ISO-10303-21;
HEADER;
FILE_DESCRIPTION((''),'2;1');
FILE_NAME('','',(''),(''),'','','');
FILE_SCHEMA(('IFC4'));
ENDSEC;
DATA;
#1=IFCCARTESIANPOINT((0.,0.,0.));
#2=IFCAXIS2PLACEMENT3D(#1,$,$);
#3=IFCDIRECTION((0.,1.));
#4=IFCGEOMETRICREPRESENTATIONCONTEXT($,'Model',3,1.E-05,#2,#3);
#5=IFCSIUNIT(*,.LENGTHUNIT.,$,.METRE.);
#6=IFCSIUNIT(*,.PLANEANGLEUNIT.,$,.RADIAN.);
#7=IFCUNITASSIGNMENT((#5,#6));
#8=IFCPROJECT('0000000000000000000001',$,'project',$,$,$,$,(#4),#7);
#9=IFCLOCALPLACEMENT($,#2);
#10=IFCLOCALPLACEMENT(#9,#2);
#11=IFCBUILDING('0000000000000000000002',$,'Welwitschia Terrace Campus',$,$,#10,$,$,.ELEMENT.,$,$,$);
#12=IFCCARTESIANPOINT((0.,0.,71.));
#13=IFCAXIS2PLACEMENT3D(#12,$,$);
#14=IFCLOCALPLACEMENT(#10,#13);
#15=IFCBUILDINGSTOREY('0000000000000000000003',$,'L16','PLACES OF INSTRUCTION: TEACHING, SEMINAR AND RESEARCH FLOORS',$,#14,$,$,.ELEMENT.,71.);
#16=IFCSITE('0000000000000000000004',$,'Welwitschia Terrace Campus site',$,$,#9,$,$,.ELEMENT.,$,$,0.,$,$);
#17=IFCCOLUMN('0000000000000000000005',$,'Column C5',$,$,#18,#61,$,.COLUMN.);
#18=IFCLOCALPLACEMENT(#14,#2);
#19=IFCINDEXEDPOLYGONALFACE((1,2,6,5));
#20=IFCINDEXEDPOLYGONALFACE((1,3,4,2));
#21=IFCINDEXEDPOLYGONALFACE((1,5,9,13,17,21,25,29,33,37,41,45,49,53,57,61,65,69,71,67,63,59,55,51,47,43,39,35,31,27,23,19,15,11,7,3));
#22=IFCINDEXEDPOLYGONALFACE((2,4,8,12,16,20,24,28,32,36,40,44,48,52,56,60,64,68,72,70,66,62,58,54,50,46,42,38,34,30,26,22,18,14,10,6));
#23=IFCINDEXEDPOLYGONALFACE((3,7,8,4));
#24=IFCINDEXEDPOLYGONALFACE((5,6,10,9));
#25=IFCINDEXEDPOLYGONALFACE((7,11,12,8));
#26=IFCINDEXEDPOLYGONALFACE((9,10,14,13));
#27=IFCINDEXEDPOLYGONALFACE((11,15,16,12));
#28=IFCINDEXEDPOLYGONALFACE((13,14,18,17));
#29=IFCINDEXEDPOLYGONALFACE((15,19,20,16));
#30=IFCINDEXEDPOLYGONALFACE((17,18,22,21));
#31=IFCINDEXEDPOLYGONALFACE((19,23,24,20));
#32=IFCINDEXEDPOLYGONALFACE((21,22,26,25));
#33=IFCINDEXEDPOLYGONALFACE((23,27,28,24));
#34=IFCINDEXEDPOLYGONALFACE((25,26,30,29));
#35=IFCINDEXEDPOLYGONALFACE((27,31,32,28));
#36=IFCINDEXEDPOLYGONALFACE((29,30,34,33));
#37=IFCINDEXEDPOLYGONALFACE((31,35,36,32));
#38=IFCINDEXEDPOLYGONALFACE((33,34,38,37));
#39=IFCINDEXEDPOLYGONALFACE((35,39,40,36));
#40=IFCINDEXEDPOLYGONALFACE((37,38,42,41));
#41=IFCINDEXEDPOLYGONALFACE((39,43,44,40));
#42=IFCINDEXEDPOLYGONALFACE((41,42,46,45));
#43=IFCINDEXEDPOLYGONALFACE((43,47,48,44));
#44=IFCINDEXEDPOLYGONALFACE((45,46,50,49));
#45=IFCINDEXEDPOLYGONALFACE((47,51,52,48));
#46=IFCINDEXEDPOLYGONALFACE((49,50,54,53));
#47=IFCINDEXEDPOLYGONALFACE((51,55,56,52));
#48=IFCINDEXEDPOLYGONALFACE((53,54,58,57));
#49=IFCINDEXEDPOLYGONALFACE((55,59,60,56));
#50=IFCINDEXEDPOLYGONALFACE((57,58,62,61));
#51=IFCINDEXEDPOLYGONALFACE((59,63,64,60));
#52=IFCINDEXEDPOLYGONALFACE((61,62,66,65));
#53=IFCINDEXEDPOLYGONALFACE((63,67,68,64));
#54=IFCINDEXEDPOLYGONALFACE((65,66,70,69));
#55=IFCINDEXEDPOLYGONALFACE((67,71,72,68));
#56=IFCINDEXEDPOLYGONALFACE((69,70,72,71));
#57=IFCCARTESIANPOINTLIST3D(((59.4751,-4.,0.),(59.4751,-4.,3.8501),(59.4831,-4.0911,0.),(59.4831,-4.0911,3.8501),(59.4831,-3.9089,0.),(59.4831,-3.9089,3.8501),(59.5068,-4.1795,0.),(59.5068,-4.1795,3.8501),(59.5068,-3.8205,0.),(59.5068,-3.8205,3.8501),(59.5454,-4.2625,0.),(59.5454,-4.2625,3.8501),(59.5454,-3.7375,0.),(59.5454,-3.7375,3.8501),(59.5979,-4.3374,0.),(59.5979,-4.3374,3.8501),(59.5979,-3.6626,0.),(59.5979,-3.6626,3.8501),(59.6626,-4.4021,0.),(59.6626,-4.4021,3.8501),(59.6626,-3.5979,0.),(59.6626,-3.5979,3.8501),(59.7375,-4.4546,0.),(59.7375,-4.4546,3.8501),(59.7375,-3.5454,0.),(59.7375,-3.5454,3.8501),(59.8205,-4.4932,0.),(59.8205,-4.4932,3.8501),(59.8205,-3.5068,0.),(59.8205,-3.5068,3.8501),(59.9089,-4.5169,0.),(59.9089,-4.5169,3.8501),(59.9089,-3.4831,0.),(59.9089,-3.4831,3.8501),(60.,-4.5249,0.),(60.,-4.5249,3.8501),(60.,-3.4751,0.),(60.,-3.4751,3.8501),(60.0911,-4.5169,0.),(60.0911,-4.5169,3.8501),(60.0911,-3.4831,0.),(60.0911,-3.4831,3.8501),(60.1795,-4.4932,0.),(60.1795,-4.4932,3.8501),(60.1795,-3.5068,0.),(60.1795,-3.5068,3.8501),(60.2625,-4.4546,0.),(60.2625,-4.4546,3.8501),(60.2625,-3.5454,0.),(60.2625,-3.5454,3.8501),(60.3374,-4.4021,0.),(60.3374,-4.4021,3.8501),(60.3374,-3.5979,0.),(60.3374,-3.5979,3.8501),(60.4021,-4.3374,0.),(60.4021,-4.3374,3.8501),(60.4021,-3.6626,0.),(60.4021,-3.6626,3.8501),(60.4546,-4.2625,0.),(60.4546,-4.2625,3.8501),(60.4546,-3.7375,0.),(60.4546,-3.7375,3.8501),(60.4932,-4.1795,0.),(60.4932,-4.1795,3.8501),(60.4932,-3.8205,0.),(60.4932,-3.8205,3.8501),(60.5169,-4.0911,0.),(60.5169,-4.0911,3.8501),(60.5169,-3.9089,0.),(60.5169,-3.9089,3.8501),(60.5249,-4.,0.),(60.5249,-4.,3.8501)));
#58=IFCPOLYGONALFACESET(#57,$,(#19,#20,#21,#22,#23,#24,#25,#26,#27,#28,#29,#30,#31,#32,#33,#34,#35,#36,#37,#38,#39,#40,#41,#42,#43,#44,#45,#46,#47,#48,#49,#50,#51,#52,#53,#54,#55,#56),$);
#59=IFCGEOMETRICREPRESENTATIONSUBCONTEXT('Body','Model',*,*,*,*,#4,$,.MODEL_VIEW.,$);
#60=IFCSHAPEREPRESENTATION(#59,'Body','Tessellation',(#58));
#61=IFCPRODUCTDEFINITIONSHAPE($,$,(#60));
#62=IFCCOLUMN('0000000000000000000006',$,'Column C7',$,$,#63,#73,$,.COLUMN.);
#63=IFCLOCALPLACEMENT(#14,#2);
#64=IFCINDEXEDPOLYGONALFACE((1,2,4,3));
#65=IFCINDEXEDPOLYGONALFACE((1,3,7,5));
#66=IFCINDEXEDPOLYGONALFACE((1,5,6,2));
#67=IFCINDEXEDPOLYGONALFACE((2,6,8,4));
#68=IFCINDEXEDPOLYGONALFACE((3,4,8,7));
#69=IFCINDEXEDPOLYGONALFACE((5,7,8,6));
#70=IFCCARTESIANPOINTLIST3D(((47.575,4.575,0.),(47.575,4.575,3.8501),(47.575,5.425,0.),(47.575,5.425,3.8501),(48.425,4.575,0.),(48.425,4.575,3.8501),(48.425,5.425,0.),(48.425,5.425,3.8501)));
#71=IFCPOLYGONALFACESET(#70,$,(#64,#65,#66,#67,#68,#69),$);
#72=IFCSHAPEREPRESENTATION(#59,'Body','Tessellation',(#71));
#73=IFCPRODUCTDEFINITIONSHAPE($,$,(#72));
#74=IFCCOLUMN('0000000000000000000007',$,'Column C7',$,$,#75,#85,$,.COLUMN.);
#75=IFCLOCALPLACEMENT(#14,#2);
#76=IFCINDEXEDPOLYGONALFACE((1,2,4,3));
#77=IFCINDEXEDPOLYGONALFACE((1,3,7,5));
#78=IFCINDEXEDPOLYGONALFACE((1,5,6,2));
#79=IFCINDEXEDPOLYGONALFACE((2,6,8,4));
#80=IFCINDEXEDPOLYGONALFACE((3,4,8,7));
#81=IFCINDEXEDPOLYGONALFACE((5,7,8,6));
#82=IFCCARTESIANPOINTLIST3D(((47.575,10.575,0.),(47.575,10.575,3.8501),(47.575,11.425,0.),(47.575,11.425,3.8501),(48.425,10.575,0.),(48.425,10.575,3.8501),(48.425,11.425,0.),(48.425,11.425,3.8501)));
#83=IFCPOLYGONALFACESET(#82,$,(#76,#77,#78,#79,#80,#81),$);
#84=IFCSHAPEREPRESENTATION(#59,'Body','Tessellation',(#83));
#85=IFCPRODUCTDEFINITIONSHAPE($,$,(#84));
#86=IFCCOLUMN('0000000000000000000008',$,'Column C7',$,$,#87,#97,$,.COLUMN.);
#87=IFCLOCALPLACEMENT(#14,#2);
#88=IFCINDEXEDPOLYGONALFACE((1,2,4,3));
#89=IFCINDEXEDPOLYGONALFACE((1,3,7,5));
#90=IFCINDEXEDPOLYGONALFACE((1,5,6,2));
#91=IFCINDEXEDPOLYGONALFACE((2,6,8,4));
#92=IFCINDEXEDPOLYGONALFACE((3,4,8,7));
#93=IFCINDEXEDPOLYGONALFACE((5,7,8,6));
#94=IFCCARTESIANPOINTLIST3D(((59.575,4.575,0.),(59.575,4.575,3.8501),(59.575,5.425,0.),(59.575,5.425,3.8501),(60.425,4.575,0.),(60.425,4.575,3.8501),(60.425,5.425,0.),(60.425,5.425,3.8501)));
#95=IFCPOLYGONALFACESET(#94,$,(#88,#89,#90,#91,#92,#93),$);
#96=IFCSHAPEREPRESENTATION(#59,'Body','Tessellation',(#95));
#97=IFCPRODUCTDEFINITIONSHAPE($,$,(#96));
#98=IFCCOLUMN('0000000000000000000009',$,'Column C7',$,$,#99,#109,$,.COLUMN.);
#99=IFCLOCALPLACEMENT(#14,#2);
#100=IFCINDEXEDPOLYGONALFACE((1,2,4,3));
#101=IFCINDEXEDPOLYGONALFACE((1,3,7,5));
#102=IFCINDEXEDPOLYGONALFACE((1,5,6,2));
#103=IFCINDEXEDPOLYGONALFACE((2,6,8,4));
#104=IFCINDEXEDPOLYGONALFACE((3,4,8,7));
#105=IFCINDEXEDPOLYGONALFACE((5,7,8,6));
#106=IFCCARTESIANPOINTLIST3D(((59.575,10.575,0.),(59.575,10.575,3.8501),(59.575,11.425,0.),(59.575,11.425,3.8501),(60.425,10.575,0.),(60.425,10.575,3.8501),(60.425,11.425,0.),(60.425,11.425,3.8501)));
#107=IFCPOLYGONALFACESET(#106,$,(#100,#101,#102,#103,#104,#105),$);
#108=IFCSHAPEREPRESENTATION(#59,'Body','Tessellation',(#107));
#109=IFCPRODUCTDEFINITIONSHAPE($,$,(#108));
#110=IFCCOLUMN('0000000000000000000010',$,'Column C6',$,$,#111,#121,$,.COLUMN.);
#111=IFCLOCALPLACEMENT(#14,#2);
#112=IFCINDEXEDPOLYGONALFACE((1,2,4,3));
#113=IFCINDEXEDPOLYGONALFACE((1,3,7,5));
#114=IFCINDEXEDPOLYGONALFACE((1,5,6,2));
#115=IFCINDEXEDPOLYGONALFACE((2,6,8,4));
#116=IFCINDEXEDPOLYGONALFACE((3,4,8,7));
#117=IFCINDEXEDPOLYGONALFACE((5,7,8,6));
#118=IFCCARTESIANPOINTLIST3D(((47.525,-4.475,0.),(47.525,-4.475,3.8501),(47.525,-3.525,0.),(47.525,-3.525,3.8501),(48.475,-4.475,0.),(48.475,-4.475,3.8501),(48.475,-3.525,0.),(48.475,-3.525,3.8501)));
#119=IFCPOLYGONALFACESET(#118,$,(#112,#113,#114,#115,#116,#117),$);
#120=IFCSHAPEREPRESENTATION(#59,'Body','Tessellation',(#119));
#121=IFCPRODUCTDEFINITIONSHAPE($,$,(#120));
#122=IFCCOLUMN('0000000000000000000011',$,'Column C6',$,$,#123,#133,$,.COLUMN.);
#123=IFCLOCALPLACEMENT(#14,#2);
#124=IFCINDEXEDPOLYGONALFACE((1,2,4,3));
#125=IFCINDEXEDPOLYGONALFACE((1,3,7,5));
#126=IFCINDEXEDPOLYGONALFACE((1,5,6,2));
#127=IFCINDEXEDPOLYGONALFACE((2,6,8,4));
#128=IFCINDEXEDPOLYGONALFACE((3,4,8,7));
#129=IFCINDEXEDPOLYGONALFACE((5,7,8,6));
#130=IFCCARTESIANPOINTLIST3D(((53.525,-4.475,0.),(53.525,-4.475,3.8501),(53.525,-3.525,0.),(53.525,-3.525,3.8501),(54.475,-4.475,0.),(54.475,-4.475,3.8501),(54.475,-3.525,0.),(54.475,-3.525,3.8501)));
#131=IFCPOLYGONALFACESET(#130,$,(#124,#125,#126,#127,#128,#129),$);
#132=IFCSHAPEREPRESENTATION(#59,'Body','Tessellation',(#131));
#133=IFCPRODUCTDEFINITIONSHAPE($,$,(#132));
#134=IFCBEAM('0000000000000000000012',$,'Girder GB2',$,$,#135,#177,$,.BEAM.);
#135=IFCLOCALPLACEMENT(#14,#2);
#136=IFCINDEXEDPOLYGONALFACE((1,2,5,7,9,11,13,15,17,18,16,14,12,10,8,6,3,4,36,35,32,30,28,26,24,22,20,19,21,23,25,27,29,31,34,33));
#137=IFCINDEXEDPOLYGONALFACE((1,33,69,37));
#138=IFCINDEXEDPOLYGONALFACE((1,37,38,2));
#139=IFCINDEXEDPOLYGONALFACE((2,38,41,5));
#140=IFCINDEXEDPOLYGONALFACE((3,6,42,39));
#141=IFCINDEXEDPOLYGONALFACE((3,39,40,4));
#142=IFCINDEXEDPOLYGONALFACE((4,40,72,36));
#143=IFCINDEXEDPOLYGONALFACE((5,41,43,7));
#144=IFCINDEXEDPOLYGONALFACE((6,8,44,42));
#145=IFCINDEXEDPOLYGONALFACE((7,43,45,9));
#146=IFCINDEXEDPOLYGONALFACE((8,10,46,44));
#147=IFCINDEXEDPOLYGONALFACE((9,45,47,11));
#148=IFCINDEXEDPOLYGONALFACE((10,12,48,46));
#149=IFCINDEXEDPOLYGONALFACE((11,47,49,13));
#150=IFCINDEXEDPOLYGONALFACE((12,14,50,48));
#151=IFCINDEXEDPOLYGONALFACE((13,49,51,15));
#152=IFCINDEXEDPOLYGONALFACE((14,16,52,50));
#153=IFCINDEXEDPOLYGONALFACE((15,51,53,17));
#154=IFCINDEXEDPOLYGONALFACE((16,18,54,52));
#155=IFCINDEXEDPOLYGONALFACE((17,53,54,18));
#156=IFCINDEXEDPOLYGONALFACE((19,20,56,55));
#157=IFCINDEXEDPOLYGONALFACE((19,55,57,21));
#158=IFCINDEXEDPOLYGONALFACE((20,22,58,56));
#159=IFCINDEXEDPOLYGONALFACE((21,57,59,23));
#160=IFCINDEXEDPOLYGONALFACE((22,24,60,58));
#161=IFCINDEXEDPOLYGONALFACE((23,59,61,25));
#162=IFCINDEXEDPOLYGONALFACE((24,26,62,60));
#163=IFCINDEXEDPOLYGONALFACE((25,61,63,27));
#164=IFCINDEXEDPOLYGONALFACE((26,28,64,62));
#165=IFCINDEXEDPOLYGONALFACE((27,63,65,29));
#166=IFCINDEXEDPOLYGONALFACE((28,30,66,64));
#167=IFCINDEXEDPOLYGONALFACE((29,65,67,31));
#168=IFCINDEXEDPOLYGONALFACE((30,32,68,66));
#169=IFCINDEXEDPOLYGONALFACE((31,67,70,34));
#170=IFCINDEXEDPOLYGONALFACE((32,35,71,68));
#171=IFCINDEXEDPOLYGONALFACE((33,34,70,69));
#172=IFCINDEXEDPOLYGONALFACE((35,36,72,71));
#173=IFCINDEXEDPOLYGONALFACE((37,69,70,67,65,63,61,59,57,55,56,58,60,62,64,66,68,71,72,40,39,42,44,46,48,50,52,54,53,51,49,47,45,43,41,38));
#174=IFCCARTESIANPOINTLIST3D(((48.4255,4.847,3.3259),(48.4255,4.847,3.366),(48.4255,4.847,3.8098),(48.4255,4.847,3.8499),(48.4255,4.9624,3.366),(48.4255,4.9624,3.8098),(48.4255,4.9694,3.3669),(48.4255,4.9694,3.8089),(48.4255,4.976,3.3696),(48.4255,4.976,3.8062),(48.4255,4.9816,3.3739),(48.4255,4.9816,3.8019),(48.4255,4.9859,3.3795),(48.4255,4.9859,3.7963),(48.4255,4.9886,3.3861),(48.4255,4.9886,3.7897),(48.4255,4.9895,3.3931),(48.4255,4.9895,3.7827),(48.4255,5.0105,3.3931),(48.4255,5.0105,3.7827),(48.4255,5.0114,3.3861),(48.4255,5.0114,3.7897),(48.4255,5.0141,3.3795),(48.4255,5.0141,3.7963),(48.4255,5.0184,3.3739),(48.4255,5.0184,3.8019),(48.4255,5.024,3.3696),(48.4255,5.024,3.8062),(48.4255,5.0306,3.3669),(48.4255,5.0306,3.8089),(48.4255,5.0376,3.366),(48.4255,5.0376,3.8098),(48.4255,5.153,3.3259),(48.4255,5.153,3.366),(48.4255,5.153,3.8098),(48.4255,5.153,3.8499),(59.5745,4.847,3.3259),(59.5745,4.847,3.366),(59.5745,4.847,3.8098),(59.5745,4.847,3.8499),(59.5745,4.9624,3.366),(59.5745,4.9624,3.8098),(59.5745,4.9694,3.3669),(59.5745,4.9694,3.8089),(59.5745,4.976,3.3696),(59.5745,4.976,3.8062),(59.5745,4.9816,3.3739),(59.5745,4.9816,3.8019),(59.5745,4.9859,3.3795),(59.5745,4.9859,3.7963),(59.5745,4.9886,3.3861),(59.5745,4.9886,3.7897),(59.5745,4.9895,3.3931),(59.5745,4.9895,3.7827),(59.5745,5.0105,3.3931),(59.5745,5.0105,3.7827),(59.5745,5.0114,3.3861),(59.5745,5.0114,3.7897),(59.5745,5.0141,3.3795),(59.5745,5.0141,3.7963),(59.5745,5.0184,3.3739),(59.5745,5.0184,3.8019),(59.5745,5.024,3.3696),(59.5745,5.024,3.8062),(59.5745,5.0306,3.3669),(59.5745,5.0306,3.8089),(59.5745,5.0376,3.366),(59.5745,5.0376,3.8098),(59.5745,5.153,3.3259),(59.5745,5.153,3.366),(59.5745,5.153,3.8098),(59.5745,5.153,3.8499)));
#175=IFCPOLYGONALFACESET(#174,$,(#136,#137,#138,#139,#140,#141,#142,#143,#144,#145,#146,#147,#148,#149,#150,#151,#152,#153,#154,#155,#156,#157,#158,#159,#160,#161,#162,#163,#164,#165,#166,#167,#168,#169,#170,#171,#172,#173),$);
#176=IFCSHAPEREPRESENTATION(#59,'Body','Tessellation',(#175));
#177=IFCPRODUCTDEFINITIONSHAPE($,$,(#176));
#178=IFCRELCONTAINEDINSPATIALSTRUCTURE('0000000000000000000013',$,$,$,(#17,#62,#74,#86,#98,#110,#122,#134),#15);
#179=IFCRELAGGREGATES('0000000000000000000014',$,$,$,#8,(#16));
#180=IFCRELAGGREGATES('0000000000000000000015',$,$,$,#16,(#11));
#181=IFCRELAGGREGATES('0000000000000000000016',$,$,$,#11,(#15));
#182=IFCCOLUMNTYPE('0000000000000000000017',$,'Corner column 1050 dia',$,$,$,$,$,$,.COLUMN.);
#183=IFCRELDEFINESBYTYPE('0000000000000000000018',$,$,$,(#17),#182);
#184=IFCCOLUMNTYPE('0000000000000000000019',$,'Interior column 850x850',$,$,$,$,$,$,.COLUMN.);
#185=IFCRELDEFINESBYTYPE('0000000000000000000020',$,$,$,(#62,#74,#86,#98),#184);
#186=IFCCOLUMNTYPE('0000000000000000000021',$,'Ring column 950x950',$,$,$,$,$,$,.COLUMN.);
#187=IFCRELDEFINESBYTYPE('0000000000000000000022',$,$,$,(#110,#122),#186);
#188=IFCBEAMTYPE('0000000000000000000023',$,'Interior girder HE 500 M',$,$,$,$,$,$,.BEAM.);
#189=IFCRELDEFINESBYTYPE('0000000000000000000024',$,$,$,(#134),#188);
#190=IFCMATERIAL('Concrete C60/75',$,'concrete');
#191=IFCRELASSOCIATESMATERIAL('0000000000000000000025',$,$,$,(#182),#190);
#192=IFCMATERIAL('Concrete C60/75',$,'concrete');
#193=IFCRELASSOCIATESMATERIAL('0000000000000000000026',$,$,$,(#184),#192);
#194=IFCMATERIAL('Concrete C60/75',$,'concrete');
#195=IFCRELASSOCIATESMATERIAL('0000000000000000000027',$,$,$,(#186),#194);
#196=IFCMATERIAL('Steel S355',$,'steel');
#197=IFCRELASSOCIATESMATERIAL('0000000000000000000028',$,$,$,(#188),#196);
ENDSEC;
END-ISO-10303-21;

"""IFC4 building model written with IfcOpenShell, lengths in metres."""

from ifc_helpers import new_model, si_unit, direction, frame, origin, origin_2d, place, context, subcontext, project, spatial, rectangle, circle, i_section, extrude, material, material_profile, profile_set, type_object, element, save


model = new_model("IFC4")

# Units and contexts
model_context = context("Model", 3, precision=1e-05, world=origin(), true_north=direction((0.0, 1.0)))
body_context = subcontext(model_context, "Body", "Model", "MODEL_VIEW")
ifc_project = project(units=[si_unit("LENGTHUNIT", "METRE"), si_unit("PLANEANGLEUNIT", "RADIAN")], contexts=[model_context])

# Site, building, storey
site_placement = place(None, origin())
site = spatial("IfcSite", under=ifc_project, at=site_placement, Name="Welwitschia Terrace Campus site", CompositionType="ELEMENT", RefElevation=0.0)
building_placement = place(site_placement, origin())
building = spatial("IfcBuilding", under=site, at=building_placement, Name="Welwitschia Terrace Campus", CompositionType="ELEMENT")
storey_placement = place(building_placement, frame((0.0, 0.0, 71.0)))
storey = spatial("IfcBuildingStorey", under=building, at=storey_placement, Name="L16", Description="PLACES OF INSTRUCTION: TEACHING, SEMINAR AND RESEARCH FLOORS", CompositionType="ELEMENT", Elevation=71.0)

# Columns
ifc_material_1 = material(Name="Concrete C60/75", Category="concrete")
ifc_material_profile_1 = material_profile(ifc_material_1, circle(Radius=0.5249, at=origin_2d()))
ifc_profile_set_1 = profile_set([ifc_material_profile_1], Name="Concrete C60/75")
column_type_1 = type_object("IfcColumnType", Name="Corner column 1050 dia", PredefinedType="COLUMN", material=ifc_profile_set_1)
column_placement = place(storey_placement, frame((60.0, -4.0, 0.0), z_axis=(0.0, 0.0, 1.0), x_axis=(1.0, 0.0, 0.0)))
element("IfcColumn", 1, at=column_placement, inside=storey, type_object=column_type_1, Name="Column C5", PredefinedType="COLUMN", context=body_context, shape_type="SweptSolid", body=[
    extrude(circle(Radius=0.5249, at=origin_2d()), origin(), (0.0, 0.0, 1.0), 3.8501),
])
ifc_material_2 = material(Name="Concrete C60/75", Category="concrete")
ifc_material_profile_2 = material_profile(ifc_material_2, rectangle(XDim=0.8501, YDim=0.8501, at=origin_2d()))
ifc_profile_set_2 = profile_set([ifc_material_profile_2], Name="Concrete C60/75")
column_type_2 = type_object("IfcColumnType", Name="Interior column 850x850", PredefinedType="COLUMN", material=ifc_profile_set_2)
for number, where, z_axis, x_axis, name in (
    (2, (48.0, 5.0, 0.0), (0.0, 0.0, 1.0), (1.0, 0.0, 0.0), "Column C7"),
    (3, (48.0, 11.0, 0.0), (0.0, 0.0, 1.0), (1.0, 0.0, 0.0), "Column C7"),
    (4, (60.0, 5.0, 0.0), (0.0, 0.0, 1.0), (1.0, 0.0, 0.0), "Column C7"),
    (5, (60.0, 11.0, 0.0), (0.0, 0.0, 1.0), (1.0, 0.0, 0.0), "Column C7"),
):
    element("IfcColumn", number, at=place(storey_placement, frame(where, z_axis=z_axis, x_axis=x_axis)), inside=storey, type_object=column_type_2, Name=name, PredefinedType="COLUMN", context=body_context, shape_type="SweptSolid", body=[
        extrude(rectangle(XDim=0.8501, YDim=0.8501, at=origin_2d()), origin(), (0.0, 0.0, 1.0), 3.8501),
    ])
ifc_material_3 = material(Name="Concrete C60/75", Category="concrete")
ifc_material_profile_3 = material_profile(ifc_material_3, rectangle(XDim=0.95, YDim=0.95, at=origin_2d()))
ifc_profile_set_3 = profile_set([ifc_material_profile_3], Name="Concrete C60/75")
column_type_3 = type_object("IfcColumnType", Name="Ring column 950x950", PredefinedType="COLUMN", material=ifc_profile_set_3)
for number, where, z_axis, x_axis, name in (
    (6, (48.0, -4.0, 0.0), (0.0, 0.0, 1.0), (1.0, 0.0, 0.0), "Column C6"),
    (7, (54.0, -4.0, 0.0), (0.0, 0.0, 1.0), (1.0, 0.0, 0.0), "Column C6"),
):
    element("IfcColumn", number, at=place(storey_placement, frame(where, z_axis=z_axis, x_axis=x_axis)), inside=storey, type_object=column_type_3, Name=name, PredefinedType="COLUMN", context=body_context, shape_type="SweptSolid", body=[
        extrude(rectangle(XDim=0.95, YDim=0.95, at=origin_2d()), origin(), (0.0, 0.0, 1.0), 3.8501),
    ])

# Beam
ifc_material_4 = material(Name="Steel S355", Category="steel")
ifc_material_profile_4 = material_profile(ifc_material_4, i_section(OverallWidth=0.3059, OverallDepth=0.5239, WebThickness=0.021, FlangeThickness=0.04, FilletRadius=0.0271, at=origin_2d()))
ifc_profile_set_4 = profile_set([ifc_material_profile_4], Name="Steel S355")
beam_type_1 = type_object("IfcBeamType", Name="Interior girder HE 500 M", PredefinedType="BEAM", material=ifc_profile_set_4)
beam_1_placement = place(storey_placement, frame((48.4255, 5.0, 3.5879), z_axis=(1.0, 0.0, 0.0), x_axis=(0.0, 1.0, 0.0)))
element("IfcBeam", 8, at=beam_1_placement, inside=storey, type_object=beam_type_1, Name="Girder GB2", PredefinedType="BEAM", context=body_context, shape_type="SweptSolid", body=[
    extrude(i_section(OverallWidth=0.3059, OverallDepth=0.5239, WebThickness=0.021, FlangeThickness=0.04, FilletRadius=0.0271, at=origin_2d()), origin(), (0.0, 0.0, 1.0), 11.1489),
])

save(model, "model.ifc")
